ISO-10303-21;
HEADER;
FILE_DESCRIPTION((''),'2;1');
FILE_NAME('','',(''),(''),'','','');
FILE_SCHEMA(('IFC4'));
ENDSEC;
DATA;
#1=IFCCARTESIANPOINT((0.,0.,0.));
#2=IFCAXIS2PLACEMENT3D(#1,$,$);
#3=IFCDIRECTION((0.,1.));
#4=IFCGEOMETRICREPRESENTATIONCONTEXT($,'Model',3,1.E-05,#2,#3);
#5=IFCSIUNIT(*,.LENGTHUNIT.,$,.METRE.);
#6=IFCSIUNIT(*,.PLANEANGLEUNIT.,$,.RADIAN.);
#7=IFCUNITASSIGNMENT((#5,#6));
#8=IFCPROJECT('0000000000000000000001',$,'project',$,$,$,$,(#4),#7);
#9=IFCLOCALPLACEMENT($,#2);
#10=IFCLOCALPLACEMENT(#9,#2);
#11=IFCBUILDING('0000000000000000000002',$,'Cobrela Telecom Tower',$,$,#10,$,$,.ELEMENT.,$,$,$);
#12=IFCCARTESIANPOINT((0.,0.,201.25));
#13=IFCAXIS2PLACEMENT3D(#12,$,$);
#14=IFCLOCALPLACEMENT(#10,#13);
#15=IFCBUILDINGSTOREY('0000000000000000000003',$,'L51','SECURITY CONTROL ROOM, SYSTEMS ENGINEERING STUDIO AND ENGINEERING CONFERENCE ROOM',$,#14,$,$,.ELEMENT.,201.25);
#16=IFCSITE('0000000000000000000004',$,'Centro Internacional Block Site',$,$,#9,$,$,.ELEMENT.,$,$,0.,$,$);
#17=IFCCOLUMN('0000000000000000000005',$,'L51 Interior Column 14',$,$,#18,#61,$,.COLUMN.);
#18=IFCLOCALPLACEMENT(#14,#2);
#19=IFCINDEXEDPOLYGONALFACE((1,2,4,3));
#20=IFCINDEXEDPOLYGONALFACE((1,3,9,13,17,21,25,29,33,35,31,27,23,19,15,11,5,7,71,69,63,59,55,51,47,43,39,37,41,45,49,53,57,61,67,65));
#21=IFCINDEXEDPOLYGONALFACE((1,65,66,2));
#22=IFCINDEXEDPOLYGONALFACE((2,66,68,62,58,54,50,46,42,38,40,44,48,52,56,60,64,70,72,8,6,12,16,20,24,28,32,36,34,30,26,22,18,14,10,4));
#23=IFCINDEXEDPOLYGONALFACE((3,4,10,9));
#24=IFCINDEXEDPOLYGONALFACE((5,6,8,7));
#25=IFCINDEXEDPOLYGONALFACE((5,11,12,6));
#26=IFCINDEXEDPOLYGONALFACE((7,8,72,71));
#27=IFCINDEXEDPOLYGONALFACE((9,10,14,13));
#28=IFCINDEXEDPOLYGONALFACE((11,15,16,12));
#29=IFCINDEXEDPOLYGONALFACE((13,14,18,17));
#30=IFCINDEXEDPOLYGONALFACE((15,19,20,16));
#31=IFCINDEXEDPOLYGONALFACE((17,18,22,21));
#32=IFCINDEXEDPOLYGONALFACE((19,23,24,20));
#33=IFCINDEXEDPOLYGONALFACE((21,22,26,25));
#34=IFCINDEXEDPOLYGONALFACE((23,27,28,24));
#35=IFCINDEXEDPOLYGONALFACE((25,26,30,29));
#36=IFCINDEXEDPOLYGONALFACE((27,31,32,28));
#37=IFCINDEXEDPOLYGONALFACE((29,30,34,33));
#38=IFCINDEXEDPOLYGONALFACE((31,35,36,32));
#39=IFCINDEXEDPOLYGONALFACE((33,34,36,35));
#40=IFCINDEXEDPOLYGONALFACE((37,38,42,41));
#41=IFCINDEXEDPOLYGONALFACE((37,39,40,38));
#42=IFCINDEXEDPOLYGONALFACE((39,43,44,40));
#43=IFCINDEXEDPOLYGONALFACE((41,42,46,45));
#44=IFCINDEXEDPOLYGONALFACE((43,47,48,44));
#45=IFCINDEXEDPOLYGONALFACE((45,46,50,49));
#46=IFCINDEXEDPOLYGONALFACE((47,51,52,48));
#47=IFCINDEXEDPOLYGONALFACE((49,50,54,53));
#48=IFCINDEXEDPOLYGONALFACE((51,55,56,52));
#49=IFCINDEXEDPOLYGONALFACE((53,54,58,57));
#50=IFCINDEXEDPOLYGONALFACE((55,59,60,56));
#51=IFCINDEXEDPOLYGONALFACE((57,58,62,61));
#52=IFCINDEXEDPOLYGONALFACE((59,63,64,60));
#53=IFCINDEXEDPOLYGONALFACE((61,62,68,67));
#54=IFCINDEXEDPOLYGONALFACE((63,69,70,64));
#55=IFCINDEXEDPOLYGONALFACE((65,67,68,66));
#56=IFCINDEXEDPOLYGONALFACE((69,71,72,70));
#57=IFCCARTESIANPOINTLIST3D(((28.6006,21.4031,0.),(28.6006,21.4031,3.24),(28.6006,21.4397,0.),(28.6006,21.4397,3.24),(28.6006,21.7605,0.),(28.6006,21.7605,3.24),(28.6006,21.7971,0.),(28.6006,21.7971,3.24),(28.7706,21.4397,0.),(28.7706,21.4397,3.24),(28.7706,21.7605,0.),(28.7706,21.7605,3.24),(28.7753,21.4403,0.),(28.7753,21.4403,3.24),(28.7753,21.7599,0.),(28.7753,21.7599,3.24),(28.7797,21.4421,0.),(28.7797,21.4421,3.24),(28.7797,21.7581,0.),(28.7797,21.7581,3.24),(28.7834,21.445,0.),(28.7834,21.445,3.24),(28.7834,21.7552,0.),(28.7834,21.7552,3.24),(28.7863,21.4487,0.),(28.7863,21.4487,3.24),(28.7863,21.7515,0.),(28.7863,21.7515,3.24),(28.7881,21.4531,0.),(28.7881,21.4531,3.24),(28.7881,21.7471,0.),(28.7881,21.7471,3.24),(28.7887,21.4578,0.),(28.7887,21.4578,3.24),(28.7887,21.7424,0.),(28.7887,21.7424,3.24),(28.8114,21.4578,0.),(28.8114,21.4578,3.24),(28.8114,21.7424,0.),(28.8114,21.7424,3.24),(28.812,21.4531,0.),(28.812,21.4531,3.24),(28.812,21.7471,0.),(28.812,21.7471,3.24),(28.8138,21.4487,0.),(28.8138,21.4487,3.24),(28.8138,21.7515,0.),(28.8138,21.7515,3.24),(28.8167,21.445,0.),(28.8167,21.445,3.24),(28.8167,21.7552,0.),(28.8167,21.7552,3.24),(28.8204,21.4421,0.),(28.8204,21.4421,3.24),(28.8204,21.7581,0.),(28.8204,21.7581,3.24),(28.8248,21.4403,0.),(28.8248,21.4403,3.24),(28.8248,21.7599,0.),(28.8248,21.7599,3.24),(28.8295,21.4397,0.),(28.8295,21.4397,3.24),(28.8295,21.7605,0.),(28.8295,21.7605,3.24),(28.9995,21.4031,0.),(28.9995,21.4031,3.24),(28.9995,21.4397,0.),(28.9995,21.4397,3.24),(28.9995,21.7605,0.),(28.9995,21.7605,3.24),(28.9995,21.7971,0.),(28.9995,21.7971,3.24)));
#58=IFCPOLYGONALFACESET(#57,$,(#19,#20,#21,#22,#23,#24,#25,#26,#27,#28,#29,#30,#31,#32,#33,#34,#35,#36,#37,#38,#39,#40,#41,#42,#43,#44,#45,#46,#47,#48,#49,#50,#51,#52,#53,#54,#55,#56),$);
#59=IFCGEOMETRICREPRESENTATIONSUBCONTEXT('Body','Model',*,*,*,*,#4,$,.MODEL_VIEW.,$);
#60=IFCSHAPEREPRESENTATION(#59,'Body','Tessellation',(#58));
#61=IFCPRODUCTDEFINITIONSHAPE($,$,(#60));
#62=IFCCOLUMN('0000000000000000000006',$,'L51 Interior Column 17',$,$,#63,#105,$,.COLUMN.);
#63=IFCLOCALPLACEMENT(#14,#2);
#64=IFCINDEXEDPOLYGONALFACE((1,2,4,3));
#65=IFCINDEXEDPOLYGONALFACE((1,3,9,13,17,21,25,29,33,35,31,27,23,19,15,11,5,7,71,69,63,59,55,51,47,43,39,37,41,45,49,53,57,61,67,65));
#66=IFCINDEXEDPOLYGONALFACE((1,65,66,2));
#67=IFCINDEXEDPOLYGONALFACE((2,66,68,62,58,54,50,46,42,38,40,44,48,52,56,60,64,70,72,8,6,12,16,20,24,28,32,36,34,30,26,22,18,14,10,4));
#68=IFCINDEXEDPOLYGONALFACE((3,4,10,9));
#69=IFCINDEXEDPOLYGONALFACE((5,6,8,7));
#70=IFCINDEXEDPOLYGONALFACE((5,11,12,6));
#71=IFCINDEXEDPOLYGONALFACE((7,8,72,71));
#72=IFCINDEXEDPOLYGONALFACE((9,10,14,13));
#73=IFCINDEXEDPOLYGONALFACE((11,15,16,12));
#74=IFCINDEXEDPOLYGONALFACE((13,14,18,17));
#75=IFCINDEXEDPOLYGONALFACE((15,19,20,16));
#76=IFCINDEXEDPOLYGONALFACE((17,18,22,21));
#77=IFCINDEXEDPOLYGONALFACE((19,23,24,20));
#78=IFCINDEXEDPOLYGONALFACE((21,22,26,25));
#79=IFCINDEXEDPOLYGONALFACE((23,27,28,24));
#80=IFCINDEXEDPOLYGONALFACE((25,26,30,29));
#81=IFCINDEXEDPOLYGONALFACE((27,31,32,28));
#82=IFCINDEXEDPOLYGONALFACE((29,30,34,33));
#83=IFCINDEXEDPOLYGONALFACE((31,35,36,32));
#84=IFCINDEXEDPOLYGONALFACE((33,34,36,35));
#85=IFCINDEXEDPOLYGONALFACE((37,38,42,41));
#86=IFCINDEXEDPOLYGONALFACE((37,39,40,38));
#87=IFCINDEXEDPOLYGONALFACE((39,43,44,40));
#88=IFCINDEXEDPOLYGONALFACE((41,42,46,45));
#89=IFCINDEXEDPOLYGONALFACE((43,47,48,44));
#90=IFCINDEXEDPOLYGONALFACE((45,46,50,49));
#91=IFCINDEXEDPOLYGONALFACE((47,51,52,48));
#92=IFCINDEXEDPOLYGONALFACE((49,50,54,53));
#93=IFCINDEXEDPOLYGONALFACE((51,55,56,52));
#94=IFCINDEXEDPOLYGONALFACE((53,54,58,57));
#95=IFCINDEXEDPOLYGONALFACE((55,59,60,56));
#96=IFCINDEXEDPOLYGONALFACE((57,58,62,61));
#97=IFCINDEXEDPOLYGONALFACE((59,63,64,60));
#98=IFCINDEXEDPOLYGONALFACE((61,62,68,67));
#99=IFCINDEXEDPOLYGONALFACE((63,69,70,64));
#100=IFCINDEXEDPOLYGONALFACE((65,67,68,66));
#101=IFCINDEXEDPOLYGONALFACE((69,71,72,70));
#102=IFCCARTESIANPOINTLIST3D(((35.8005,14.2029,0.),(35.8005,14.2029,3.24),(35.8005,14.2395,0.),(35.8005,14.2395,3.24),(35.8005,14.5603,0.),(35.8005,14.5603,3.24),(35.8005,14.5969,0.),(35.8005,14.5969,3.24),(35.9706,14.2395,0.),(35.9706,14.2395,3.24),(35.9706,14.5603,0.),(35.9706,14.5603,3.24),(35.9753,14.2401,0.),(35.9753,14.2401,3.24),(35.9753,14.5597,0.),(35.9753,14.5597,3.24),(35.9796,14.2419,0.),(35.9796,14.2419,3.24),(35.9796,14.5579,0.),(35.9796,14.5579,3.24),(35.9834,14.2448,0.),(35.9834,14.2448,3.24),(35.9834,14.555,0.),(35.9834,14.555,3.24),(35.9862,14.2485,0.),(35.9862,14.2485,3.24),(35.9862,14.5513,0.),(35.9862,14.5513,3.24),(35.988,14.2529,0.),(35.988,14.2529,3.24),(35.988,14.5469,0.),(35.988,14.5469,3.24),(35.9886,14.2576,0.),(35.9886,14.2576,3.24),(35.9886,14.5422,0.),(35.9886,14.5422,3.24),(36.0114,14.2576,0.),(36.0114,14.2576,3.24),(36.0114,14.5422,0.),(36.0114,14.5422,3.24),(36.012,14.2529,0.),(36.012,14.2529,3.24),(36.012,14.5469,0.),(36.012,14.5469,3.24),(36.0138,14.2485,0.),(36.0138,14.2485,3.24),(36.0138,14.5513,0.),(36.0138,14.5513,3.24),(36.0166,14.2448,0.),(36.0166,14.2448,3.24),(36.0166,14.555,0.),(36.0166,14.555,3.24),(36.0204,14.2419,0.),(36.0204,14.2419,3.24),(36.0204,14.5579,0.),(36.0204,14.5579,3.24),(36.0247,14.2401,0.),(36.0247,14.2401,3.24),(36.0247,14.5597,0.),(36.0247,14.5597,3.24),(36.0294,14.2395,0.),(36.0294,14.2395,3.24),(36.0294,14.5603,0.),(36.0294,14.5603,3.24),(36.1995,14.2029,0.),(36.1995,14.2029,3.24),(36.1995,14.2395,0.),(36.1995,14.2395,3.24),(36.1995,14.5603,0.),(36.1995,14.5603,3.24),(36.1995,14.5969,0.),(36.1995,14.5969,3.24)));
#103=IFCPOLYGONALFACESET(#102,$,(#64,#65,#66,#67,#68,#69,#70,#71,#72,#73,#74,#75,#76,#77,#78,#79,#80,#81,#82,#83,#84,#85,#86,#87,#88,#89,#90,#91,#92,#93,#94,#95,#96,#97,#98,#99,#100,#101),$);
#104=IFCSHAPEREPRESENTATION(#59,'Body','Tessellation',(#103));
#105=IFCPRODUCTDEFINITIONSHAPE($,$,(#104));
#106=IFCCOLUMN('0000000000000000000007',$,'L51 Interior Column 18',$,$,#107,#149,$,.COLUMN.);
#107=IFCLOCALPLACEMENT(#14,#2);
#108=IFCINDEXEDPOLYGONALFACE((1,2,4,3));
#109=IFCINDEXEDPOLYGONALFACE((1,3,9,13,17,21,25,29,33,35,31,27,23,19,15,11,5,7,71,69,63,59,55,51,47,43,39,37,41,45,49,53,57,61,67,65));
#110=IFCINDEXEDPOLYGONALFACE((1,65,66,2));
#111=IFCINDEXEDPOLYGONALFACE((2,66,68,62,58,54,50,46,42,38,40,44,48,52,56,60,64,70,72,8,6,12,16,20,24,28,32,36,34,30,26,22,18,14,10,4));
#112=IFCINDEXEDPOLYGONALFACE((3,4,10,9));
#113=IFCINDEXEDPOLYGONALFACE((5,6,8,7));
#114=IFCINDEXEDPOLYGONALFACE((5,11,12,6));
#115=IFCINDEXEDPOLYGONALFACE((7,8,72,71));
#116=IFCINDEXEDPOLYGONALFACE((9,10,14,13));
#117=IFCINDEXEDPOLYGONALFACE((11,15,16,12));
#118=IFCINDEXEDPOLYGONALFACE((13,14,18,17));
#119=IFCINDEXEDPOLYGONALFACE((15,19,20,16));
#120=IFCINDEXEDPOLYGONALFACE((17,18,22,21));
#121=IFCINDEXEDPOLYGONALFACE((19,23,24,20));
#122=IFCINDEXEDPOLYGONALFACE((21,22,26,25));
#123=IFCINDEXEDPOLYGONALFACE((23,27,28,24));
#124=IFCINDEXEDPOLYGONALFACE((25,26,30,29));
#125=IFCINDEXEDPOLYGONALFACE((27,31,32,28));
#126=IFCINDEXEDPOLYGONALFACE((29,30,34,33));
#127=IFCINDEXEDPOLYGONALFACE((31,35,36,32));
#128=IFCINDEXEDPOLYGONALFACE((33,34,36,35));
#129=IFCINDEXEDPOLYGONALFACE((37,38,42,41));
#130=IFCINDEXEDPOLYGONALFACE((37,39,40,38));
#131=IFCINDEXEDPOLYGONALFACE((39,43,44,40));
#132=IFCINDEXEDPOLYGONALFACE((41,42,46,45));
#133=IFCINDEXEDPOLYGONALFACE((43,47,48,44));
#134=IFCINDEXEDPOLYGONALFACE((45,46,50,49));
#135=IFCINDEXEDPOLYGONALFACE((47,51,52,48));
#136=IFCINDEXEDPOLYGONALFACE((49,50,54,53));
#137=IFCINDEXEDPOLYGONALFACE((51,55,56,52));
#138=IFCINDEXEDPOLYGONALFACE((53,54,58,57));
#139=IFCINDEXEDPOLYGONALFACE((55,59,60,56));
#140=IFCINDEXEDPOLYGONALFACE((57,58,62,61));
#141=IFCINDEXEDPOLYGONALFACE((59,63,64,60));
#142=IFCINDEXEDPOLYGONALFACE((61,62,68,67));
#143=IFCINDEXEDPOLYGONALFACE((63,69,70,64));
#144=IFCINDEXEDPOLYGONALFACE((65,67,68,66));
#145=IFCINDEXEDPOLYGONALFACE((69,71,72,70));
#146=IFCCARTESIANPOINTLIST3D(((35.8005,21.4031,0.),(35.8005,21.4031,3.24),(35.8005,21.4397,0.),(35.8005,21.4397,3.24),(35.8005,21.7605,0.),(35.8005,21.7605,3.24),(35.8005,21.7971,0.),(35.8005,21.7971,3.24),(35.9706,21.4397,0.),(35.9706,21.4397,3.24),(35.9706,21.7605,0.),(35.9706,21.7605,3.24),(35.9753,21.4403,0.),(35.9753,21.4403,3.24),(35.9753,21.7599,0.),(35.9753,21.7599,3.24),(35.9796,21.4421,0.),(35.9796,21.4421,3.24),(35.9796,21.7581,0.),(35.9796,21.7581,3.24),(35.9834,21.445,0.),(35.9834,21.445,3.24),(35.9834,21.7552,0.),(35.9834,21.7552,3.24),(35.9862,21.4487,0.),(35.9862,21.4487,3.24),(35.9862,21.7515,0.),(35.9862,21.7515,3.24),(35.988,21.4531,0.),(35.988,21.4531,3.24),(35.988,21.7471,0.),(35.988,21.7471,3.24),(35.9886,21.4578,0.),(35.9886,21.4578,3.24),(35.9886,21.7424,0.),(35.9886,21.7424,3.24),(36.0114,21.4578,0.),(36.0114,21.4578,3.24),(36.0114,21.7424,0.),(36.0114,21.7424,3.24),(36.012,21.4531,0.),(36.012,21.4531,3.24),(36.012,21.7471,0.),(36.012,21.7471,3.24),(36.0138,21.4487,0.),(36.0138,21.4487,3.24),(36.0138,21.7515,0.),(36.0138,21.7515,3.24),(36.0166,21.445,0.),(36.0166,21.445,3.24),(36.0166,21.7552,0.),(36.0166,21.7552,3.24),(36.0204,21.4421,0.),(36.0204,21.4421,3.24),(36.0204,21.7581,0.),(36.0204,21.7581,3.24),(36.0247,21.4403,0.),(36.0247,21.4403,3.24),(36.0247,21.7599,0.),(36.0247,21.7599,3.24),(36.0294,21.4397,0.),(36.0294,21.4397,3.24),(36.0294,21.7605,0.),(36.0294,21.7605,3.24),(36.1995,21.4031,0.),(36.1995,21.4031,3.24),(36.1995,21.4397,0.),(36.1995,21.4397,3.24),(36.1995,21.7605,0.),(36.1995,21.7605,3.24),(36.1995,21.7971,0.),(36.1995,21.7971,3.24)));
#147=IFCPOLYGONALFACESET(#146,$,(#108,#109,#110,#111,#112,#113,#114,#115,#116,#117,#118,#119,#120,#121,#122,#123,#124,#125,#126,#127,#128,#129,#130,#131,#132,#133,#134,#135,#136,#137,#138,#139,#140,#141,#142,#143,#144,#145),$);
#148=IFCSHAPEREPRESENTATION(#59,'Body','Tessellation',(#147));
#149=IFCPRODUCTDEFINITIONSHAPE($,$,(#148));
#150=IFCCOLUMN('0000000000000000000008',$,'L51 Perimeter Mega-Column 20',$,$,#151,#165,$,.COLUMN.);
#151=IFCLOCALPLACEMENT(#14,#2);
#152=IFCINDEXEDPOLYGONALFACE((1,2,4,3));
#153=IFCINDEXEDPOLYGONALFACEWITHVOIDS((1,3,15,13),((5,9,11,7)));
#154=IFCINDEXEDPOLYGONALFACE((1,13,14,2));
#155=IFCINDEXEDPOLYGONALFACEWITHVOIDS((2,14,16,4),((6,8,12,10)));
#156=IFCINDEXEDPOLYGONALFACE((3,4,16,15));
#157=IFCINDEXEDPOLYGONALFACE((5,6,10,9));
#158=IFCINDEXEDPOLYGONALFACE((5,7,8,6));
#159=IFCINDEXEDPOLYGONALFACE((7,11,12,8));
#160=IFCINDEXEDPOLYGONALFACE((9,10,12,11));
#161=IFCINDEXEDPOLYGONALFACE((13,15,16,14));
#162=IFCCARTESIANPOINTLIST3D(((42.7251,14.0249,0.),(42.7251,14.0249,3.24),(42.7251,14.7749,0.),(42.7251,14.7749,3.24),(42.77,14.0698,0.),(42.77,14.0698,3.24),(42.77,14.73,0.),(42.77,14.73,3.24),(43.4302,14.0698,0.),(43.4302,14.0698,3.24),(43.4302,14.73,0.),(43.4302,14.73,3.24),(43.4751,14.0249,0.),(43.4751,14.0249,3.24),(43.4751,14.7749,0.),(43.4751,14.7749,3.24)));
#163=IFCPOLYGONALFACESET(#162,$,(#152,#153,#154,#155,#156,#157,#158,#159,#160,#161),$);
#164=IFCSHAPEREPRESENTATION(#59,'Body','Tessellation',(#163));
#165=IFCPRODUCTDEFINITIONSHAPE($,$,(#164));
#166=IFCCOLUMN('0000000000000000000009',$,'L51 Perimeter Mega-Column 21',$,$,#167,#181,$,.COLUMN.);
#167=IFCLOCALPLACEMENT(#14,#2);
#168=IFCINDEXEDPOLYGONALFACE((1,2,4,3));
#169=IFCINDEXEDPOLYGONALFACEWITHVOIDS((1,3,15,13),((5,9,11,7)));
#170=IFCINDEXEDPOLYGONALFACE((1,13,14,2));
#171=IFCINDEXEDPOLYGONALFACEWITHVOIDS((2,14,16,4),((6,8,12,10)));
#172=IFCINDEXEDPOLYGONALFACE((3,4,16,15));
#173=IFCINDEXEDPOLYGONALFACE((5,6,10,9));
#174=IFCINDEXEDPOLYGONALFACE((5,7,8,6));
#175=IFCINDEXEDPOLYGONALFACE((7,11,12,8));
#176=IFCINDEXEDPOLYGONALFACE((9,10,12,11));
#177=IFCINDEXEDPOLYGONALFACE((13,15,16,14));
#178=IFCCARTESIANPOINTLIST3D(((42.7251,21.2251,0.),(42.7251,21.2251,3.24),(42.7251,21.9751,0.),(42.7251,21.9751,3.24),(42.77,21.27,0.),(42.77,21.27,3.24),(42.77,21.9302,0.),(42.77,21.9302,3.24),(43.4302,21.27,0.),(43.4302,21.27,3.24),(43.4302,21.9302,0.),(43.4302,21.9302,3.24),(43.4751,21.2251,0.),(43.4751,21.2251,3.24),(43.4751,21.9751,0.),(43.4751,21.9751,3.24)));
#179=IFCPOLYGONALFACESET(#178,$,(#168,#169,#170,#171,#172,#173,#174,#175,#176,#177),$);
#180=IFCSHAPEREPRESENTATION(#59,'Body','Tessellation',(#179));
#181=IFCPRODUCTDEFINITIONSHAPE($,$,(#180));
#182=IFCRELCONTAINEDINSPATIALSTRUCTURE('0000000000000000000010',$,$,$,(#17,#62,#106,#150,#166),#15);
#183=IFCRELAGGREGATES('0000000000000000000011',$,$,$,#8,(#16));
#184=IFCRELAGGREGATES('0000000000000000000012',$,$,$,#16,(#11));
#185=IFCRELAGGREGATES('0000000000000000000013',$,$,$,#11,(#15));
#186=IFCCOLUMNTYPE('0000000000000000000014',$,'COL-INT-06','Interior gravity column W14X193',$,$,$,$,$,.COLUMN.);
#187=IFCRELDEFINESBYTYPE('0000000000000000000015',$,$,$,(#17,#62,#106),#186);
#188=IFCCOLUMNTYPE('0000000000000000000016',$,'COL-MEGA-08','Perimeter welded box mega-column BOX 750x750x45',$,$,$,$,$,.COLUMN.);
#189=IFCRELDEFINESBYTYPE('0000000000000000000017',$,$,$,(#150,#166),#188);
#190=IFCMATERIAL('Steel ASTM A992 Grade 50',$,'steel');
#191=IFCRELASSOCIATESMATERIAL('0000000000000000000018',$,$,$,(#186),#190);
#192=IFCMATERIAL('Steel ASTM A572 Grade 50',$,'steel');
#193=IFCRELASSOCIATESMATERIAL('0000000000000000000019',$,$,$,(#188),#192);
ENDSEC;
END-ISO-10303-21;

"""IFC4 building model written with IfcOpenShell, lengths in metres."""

from ifc_helpers import new_model, si_unit, direction, frame, origin, origin_2d, place, context, subcontext, project, spatial, hollow_rectangle, i_section, extrude, material, material_profile, profile_set, type_object, element, save


model = new_model("IFC4")

# Units and contexts
model_context = context("Model", 3, precision=1e-05, world=origin(), true_north=direction((0.0, 1.0)))
body_context = subcontext(model_context, "Body", "Model", "MODEL_VIEW")
ifc_project = project(units=[si_unit("LENGTHUNIT", "METRE"), si_unit("PLANEANGLEUNIT", "RADIAN")], contexts=[model_context])

# Site, building, storey
site_placement = place(None, origin())
site = spatial("IfcSite", under=ifc_project, at=site_placement, Name="Centro Internacional Block Site", CompositionType="ELEMENT", RefElevation=0.0)
building_placement = place(site_placement, origin())
building = spatial("IfcBuilding", under=site, at=building_placement, Name="Cobrela Telecom Tower", CompositionType="ELEMENT")
storey_placement = place(building_placement, frame((0.0, 0.0, 201.25)))
storey = spatial("IfcBuildingStorey", under=building, at=storey_placement, Name="L51", Description="SECURITY CONTROL ROOM, SYSTEMS ENGINEERING STUDIO AND ENGINEERING CONFERENCE ROOM", CompositionType="ELEMENT", Elevation=201.25)

# Columns
ifc_material_1 = material(Name="Steel ASTM A992 Grade 50", Category="steel")
ifc_material_profile_1 = material_profile(ifc_material_1, i_section(OverallWidth=0.3989, OverallDepth=0.394, WebThickness=0.0227, FlangeThickness=0.0366, FilletRadius=0.0181, at=origin_2d()), Name="W14X193")
ifc_profile_set_1 = profile_set([ifc_material_profile_1], Name="Steel ASTM A992 Grade 50")
column_type_1 = type_object("IfcColumnType", Name="COL-INT-06", Description="Interior gravity column W14X193", PredefinedType="COLUMN", material=ifc_profile_set_1)
for number, where, z_axis, x_axis, name in (
    (1, (28.8, 21.6001, 0.0), (0.0, 0.0, 1.0), (1.0, 0.0, 0.0), "L51 Interior Column 14"),
    (2, (36.0, 14.3999, 0.0), (0.0, 0.0, 1.0), (1.0, 0.0, 0.0), "L51 Interior Column 17"),
    (3, (36.0, 21.6001, 0.0), (0.0, 0.0, 1.0), (1.0, 0.0, 0.0), "L51 Interior Column 18"),
):
    element("IfcColumn", number, at=place(storey_placement, frame(where, z_axis=z_axis, x_axis=x_axis)), inside=storey, type_object=column_type_1, Name=name, PredefinedType="COLUMN", context=body_context, shape_type="SweptSolid", body=[
        extrude(i_section(OverallWidth=0.3989, OverallDepth=0.394, WebThickness=0.0227, FlangeThickness=0.0366, FilletRadius=0.0181, at=origin_2d()), origin(), (0.0, 0.0, 1.0), 3.24),
    ])
ifc_material_2 = material(Name="Steel ASTM A572 Grade 50", Category="steel")
ifc_material_profile_2 = material_profile(ifc_material_2, hollow_rectangle(XDim=0.75, YDim=0.75, WallThickness=0.0449, at=origin_2d()), Name="BOX 750x750x45")
ifc_profile_set_2 = profile_set([ifc_material_profile_2], Name="Steel ASTM A572 Grade 50")
column_type_2 = type_object("IfcColumnType", Name="COL-MEGA-08", Description="Perimeter welded box mega-column BOX 750x750x45", PredefinedType="COLUMN", material=ifc_profile_set_2)
for number, where, z_axis, x_axis, name in (
    (4, (43.1001, 14.3999, 0.0), (0.0, 0.0, 1.0), (1.0, 0.0, 0.0), "L51 Perimeter Mega-Column 20"),
    (5, (43.1001, 21.6001, 0.0), (0.0, 0.0, 1.0), (1.0, 0.0, 0.0), "L51 Perimeter Mega-Column 21"),
):
    element("IfcColumn", number, at=place(storey_placement, frame(where, z_axis=z_axis, x_axis=x_axis)), inside=storey, type_object=column_type_2, Name=name, PredefinedType="COLUMN", context=body_context, shape_type="SweptSolid", body=[
        extrude(hollow_rectangle(XDim=0.75, YDim=0.75, WallThickness=0.0449, at=origin_2d()), origin(), (0.0, 0.0, 1.0), 3.24),
    ])

save(model, "model.ifc")
